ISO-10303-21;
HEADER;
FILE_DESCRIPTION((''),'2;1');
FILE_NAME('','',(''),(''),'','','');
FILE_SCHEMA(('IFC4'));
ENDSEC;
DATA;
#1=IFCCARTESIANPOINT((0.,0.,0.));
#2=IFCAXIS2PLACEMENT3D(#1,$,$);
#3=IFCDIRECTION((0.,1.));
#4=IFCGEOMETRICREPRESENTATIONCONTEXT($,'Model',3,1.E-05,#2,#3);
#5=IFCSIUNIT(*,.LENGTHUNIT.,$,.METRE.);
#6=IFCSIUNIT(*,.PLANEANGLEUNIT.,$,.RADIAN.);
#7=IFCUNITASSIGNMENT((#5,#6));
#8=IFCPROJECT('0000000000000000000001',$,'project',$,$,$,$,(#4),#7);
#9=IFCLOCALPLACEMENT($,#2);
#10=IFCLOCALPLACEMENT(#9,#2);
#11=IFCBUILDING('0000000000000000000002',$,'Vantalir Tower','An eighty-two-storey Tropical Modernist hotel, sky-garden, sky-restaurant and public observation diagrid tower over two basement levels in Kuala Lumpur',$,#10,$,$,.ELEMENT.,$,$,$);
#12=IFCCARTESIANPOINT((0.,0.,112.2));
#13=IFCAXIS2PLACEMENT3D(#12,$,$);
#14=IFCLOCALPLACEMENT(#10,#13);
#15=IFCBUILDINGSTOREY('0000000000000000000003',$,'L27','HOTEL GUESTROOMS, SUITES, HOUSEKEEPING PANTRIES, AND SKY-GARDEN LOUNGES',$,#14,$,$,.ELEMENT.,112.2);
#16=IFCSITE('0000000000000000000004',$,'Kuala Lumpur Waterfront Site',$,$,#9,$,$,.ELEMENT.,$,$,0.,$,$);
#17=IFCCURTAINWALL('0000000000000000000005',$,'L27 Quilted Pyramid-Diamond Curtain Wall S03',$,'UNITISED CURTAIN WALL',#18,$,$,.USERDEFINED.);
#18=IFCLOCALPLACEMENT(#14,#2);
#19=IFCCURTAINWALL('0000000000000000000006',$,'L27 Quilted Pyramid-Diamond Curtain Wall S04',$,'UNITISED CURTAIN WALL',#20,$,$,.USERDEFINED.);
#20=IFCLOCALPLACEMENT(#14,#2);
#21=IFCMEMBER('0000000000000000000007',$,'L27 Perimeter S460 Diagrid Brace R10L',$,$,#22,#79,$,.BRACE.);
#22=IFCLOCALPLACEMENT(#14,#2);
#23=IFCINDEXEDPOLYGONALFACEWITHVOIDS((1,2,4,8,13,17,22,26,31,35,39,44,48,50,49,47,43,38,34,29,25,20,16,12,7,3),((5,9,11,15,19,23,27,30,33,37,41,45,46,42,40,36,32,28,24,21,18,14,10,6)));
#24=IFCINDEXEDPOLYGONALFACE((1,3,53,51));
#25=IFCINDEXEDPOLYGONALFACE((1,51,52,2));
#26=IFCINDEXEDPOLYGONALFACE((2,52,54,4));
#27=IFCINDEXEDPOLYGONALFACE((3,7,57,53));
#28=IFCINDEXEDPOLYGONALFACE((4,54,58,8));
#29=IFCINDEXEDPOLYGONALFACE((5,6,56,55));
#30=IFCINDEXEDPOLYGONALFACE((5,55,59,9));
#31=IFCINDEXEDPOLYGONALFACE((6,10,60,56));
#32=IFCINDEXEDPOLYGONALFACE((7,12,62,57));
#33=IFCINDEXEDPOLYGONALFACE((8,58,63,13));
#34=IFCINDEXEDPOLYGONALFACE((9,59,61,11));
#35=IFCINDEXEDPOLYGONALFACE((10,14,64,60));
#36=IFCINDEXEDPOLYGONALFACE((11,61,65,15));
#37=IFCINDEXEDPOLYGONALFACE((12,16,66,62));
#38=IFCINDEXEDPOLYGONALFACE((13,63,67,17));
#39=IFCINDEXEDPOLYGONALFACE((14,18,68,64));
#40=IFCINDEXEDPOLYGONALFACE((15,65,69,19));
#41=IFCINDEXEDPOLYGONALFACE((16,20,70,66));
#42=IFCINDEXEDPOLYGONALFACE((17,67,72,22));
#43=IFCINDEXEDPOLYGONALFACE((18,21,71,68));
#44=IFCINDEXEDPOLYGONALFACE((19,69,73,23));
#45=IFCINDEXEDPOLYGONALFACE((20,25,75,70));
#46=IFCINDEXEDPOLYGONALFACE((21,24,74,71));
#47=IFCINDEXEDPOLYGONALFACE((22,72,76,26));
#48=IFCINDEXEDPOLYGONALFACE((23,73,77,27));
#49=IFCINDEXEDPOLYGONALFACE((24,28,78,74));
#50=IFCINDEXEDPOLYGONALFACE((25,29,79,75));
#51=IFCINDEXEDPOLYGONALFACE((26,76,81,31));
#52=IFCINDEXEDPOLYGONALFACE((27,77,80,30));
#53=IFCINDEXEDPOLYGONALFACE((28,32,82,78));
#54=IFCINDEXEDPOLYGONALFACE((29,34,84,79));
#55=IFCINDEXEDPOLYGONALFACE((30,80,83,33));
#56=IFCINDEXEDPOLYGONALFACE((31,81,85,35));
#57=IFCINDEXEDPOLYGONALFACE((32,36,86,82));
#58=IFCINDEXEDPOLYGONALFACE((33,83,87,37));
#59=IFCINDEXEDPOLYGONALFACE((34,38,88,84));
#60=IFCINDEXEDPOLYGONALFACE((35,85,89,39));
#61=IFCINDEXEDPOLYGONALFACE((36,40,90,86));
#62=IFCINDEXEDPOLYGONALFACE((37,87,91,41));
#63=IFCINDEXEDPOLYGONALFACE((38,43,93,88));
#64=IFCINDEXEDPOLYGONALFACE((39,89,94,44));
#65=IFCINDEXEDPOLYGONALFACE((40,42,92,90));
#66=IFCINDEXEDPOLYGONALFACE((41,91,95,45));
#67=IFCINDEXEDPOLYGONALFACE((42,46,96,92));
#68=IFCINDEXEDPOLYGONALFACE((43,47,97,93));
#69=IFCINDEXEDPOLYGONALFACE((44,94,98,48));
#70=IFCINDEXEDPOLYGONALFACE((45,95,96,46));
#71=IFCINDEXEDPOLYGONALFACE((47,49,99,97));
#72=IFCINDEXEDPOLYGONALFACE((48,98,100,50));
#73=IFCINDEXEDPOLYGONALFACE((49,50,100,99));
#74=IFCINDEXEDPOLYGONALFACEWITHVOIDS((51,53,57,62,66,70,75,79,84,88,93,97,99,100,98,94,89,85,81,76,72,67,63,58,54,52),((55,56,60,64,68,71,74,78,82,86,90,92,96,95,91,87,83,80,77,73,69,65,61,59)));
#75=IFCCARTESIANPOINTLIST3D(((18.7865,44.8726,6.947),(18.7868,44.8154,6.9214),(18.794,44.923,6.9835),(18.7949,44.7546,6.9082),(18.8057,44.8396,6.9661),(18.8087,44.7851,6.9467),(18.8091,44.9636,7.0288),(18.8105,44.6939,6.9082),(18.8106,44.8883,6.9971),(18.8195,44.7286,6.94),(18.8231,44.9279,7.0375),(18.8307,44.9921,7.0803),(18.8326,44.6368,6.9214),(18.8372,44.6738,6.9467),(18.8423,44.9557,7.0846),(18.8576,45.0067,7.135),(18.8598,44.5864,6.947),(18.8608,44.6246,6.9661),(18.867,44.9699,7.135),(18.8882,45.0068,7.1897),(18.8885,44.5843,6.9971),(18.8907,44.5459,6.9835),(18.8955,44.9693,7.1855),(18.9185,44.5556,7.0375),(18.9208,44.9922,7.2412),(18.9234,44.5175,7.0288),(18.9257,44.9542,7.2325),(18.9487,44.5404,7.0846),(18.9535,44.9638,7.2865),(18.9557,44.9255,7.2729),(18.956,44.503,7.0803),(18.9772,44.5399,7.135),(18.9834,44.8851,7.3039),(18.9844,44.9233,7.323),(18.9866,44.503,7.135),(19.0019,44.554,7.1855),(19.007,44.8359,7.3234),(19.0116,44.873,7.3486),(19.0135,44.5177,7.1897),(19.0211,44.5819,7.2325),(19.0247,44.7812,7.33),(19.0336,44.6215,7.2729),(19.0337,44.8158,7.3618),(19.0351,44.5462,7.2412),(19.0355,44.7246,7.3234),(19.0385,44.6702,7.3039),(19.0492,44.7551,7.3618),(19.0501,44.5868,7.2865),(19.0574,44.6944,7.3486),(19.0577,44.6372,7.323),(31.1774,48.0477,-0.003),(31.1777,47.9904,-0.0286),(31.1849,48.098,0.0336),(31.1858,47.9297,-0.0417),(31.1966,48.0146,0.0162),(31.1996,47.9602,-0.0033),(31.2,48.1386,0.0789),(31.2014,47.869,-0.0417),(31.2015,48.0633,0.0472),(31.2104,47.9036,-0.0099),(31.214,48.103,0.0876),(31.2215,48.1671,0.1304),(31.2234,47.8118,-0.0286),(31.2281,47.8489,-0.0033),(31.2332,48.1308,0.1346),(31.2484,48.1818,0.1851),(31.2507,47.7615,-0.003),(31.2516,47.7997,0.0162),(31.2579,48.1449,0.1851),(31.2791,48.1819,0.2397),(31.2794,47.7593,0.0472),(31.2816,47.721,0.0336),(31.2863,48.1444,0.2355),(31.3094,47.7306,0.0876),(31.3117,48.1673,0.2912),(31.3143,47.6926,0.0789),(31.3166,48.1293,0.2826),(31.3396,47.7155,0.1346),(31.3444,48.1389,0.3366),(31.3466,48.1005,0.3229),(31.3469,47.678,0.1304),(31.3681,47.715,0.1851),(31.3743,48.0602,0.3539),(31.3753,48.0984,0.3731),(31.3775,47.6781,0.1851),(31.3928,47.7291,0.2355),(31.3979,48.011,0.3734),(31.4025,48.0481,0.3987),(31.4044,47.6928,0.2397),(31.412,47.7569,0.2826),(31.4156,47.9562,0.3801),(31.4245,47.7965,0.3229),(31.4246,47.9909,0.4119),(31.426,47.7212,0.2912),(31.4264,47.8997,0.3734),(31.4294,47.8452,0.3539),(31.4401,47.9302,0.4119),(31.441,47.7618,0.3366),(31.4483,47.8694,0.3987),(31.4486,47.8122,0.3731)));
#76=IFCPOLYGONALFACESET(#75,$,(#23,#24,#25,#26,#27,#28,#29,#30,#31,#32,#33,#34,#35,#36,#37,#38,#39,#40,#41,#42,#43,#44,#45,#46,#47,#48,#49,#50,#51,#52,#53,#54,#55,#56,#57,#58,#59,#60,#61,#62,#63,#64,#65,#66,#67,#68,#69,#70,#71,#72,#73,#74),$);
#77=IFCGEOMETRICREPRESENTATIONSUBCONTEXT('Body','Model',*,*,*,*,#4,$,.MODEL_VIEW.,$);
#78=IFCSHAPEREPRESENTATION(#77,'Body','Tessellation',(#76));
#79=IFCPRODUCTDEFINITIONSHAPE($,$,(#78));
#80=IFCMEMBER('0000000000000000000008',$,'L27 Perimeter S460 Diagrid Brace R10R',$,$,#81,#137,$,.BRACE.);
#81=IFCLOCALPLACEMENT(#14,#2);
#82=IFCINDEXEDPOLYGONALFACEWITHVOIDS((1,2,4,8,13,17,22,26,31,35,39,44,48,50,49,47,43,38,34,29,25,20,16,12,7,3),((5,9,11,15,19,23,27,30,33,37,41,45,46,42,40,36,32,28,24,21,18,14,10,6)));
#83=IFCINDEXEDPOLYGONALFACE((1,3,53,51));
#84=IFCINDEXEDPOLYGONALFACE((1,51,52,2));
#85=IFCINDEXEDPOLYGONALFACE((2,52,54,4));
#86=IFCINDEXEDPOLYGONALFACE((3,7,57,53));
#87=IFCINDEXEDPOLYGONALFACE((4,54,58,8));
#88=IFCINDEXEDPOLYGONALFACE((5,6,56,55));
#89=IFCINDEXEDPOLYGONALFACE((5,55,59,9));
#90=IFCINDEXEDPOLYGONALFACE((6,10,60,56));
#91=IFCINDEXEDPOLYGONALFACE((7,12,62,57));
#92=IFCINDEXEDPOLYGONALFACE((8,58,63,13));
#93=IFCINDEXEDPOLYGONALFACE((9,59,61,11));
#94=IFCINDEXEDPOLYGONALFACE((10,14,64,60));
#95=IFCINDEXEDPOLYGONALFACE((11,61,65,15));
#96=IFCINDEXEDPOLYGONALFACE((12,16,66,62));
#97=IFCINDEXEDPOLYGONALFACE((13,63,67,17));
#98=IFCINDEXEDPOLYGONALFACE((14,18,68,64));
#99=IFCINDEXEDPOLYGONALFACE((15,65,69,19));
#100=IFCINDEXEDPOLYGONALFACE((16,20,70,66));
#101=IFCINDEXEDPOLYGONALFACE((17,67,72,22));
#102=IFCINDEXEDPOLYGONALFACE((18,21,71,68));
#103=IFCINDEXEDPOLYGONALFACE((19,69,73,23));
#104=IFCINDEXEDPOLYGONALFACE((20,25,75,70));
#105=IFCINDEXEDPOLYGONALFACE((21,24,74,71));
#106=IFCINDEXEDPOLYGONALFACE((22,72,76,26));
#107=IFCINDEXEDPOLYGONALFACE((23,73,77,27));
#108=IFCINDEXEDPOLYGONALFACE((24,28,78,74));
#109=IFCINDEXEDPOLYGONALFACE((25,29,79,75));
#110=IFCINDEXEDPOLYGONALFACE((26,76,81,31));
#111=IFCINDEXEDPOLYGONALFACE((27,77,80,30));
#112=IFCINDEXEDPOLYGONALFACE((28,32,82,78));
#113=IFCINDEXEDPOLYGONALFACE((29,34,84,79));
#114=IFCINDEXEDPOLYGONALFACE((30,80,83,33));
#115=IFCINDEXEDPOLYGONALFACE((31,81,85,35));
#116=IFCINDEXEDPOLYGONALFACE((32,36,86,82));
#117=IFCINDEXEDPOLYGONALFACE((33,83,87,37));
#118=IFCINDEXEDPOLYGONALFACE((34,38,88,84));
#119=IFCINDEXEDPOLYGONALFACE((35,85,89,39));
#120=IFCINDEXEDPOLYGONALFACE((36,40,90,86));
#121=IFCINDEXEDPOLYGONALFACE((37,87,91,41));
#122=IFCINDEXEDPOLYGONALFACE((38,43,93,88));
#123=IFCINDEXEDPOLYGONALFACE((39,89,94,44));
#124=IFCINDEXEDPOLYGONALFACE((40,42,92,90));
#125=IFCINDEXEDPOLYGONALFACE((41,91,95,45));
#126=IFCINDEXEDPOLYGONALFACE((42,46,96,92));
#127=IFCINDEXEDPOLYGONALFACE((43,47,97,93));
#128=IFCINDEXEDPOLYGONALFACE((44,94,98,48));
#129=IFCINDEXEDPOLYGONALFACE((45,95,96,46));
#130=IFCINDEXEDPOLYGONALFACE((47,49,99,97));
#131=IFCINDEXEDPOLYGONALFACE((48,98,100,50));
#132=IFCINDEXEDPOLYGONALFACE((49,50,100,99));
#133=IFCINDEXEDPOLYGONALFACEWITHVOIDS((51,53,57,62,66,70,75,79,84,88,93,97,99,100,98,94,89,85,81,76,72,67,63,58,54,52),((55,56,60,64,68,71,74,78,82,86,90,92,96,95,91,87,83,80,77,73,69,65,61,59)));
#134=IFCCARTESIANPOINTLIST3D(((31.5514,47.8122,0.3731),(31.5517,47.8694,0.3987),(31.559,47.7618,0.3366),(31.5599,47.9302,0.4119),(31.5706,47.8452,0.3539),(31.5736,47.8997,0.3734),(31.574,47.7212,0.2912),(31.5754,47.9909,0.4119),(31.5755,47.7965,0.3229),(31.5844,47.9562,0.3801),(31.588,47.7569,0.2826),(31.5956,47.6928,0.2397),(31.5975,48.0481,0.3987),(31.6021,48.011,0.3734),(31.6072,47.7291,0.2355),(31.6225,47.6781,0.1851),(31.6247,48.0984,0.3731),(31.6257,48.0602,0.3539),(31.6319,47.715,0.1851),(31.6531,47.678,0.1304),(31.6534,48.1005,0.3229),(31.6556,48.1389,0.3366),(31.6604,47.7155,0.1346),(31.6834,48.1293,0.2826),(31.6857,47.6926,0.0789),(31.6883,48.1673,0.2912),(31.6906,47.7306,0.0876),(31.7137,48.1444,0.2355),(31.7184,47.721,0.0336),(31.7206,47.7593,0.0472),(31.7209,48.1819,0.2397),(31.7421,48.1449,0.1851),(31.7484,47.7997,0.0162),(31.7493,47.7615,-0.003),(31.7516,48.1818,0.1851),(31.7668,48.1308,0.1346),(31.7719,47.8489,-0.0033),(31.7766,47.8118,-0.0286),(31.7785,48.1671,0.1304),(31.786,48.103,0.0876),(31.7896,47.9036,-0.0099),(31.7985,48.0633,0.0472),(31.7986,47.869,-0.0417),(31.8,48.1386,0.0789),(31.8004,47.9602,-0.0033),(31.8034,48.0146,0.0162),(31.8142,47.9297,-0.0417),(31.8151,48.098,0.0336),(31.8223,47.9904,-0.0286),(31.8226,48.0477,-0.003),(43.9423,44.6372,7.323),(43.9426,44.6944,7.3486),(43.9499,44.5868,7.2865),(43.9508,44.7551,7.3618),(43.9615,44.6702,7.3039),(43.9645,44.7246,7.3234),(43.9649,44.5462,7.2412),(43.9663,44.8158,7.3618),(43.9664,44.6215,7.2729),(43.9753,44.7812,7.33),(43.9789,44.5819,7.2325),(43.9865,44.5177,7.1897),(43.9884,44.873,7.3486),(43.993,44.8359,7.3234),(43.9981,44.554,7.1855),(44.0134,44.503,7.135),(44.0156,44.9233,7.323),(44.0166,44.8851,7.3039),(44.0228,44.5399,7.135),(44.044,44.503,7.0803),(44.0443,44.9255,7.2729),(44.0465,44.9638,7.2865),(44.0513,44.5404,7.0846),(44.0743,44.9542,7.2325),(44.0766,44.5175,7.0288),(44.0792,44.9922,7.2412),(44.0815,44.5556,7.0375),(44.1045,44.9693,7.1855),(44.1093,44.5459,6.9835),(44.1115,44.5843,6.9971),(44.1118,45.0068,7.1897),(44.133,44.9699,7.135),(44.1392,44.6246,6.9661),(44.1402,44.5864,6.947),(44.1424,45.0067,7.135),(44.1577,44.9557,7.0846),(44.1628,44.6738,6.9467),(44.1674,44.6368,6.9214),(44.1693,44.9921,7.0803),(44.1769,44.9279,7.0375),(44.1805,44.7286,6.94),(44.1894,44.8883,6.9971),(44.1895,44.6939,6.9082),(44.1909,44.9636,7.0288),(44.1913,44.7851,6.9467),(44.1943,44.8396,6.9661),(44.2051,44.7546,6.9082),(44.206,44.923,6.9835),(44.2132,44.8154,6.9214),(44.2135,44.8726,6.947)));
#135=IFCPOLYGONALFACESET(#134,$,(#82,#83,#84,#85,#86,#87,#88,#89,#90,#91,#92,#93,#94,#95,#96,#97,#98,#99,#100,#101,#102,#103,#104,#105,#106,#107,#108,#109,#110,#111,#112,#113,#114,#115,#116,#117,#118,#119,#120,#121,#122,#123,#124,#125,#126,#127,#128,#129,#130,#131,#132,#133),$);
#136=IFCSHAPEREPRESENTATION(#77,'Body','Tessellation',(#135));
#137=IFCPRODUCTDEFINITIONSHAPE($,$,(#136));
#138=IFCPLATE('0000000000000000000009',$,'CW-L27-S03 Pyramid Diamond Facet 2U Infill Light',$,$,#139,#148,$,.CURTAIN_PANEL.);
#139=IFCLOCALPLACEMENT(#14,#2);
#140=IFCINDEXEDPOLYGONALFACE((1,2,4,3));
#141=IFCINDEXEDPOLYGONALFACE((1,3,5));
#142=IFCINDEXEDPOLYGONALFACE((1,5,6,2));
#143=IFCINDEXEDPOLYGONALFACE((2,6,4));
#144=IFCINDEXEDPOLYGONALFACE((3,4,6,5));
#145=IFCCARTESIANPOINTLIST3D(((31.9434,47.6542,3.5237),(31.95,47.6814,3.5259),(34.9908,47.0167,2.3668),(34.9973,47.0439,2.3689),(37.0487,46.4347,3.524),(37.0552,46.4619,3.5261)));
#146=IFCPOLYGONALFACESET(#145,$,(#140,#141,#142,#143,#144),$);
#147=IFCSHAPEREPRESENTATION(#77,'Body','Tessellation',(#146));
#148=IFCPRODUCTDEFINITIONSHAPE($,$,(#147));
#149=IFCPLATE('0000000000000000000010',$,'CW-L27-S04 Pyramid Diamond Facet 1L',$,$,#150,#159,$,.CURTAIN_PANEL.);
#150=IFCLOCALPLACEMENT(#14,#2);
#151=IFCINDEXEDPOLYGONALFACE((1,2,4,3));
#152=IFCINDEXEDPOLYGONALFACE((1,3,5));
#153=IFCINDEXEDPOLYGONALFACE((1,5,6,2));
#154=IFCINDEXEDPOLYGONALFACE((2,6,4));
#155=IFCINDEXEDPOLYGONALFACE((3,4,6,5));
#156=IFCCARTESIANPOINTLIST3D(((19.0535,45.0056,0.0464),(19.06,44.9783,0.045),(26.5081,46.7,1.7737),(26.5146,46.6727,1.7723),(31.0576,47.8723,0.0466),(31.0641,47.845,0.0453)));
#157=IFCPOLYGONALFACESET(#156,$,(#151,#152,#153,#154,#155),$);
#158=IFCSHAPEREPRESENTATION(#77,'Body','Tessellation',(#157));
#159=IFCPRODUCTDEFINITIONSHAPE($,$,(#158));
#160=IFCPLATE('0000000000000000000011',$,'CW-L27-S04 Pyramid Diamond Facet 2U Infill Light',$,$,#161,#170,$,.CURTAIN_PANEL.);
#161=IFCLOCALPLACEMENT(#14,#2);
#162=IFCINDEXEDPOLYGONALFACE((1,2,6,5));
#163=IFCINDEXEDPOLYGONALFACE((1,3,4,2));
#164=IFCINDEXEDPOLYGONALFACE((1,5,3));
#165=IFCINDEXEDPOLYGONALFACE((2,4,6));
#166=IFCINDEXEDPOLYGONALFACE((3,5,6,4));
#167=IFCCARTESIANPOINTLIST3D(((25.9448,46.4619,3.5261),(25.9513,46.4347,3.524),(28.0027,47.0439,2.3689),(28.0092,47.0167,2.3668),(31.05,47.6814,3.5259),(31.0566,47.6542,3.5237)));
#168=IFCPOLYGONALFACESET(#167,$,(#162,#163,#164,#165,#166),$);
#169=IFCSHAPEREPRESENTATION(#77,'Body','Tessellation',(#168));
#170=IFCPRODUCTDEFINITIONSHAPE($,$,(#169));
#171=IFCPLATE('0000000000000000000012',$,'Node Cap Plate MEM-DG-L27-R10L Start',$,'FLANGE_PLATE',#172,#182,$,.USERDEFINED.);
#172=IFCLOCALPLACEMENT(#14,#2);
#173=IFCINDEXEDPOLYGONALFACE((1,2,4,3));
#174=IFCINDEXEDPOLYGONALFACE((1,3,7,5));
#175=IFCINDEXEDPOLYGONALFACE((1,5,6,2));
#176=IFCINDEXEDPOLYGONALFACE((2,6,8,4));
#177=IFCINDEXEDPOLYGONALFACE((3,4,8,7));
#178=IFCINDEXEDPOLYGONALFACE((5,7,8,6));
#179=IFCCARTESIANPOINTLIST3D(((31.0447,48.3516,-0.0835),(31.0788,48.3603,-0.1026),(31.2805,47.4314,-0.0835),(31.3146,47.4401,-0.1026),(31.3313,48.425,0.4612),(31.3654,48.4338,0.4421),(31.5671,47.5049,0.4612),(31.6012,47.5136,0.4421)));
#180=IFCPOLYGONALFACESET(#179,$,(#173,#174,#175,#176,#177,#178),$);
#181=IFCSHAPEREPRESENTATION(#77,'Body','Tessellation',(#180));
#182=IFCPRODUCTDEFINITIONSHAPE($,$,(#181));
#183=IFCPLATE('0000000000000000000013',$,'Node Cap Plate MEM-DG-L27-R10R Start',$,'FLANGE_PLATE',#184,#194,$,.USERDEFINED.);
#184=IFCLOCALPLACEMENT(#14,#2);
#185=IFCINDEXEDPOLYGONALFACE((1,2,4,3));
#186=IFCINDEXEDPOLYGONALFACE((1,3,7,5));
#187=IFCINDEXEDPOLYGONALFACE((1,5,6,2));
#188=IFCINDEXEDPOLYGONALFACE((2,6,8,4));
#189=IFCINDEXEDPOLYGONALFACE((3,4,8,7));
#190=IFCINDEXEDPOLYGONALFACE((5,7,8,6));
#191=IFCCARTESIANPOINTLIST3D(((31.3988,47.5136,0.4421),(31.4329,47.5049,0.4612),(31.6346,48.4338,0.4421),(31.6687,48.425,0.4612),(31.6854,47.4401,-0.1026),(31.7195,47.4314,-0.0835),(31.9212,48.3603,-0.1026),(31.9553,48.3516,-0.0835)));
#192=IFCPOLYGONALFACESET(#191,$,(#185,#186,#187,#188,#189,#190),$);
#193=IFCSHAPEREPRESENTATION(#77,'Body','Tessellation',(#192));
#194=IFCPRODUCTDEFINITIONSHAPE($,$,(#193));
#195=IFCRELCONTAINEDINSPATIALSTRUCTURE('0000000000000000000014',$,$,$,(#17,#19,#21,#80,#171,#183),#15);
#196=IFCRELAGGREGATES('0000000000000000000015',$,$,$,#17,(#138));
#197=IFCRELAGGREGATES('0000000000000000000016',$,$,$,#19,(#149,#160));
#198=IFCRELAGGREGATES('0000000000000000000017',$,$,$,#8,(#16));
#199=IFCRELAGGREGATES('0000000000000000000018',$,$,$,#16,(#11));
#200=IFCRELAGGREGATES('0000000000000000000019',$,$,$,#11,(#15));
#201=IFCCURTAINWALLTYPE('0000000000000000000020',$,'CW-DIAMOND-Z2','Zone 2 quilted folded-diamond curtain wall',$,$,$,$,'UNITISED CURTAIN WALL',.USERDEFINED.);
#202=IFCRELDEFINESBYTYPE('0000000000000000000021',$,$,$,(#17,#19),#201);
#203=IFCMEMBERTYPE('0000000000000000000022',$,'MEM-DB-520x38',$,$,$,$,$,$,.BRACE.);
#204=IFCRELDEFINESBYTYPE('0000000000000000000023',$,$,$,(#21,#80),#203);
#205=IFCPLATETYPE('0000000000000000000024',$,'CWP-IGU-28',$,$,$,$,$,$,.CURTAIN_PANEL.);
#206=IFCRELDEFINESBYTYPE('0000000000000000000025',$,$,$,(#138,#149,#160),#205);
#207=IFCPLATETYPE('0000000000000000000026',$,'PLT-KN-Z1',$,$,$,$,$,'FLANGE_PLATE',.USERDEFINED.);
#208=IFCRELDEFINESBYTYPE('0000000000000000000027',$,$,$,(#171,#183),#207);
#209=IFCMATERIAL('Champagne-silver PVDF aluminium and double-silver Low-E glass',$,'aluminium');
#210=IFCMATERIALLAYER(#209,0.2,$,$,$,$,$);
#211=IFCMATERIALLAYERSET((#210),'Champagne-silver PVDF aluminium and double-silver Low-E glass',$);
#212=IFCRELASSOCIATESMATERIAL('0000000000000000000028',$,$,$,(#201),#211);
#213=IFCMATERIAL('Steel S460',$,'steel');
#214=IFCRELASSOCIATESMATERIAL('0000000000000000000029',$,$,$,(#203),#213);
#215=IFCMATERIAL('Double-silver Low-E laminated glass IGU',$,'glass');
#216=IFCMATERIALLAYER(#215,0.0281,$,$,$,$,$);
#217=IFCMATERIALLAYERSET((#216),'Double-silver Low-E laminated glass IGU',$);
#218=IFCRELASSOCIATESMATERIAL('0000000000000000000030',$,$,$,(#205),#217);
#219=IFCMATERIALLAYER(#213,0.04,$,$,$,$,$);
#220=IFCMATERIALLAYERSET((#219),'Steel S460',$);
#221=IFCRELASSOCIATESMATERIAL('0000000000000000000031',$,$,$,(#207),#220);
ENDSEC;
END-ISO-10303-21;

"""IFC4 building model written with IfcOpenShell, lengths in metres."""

from ifc_helpers import new_model, si_unit, direction, frame, origin, origin_2d, place, context, subcontext, project, spatial, polyline, hollow_circle, outline, extrude, material, layer, layer_set, material_profile, profile_set, type_object, element, aggregate, save


model = new_model("IFC4")

# Units and contexts
model_context = context("Model", 3, precision=1e-05, world=origin(), true_north=direction((0.0, 1.0)))
body_context = subcontext(model_context, "Body", "Model", "MODEL_VIEW")
ifc_project = project(units=[si_unit("LENGTHUNIT", "METRE"), si_unit("PLANEANGLEUNIT", "RADIAN")], contexts=[model_context])

# Site, building, storey
site_placement = place(None, origin())
site = spatial("IfcSite", under=ifc_project, at=site_placement, Name="Kuala Lumpur Waterfront Site", CompositionType="ELEMENT", RefElevation=0.0)
building_placement = place(site_placement, origin())
building = spatial("IfcBuilding", under=site, at=building_placement, Name="Vantalir Tower", Description="An eighty-two-storey Tropical Modernist hotel, sky-garden, sky-restaurant and public observation diagrid tower over two basement levels in Kuala Lumpur", CompositionType="ELEMENT")
storey_placement = place(building_placement, frame((0.0, 0.0, 112.2)))
storey = spatial("IfcBuildingStorey", under=building, at=storey_placement, Name="L27", Description="HOTEL GUESTROOMS, SUITES, HOUSEKEEPING PANTRIES, AND SKY-GARDEN LOUNGES", CompositionType="ELEMENT", Elevation=112.2)

# Shared definitions
ifc_material_1 = material(Name="Steel S460", Category="steel")

# Curtain wall
ifc_material_2 = material(Name="Champagne-silver PVDF aluminium and double-silver Low-E glass", Category="aluminium")
ifc_layer_1 = layer(ifc_material_2, 0.2)
ifc_layer_set_1 = layer_set([ifc_layer_1], Name="Champagne-silver PVDF aluminium and double-silver Low-E glass")
curtain_wall_type = type_object("IfcCurtainWallType", Name="CW-DIAMOND-Z2", Description="Zone 2 quilted folded-diamond curtain wall", ElementType="UNITISED CURTAIN WALL", PredefinedType="USERDEFINED", material=ifc_layer_set_1)
curtain_wall_1_placement = place(storey_placement, origin())
curtain_wall_1 = element("IfcCurtainWall", 1, at=curtain_wall_1_placement, inside=storey, type_object=curtain_wall_type, Name="L27 Quilted Pyramid-Diamond Curtain Wall S03", ObjectType="UNITISED CURTAIN WALL", PredefinedType="USERDEFINED")

# Curtain wall
curtain_wall_2_placement = place(storey_placement, origin())
curtain_wall_2 = element("IfcCurtainWall", 2, at=curtain_wall_2_placement, inside=storey, type_object=curtain_wall_type, Name="L27 Quilted Pyramid-Diamond Curtain Wall S04", ObjectType="UNITISED CURTAIN WALL", PredefinedType="USERDEFINED")

# Members
ifc_material_profile_1 = material_profile(ifc_material_1, hollow_circle(Radius=0.26, WallThickness=0.0381, at=origin_2d()), Name="Steel S460")
ifc_profile_set_1 = profile_set([ifc_material_profile_1], Name="Steel S460")
member_type_1 = type_object("IfcMemberType", Name="MEM-DB-520x38", PredefinedType="BRACE", material=ifc_profile_set_1)
for number, where, z_axis, x_axis, name in (
    (3, (31.313, 47.9299, 0.1851), (-0.851176, -0.218106, 0.477419), (0.248222, -0.968703, 0.0), "L27 Perimeter S460 Diagrid Brace R10L"),
    (4, (31.687, 47.9299, 0.1851), (0.851176, -0.218106, 0.477419), (0.248222, 0.968703, 0.0), "L27 Perimeter S460 Diagrid Brace R10R"),
):
    element("IfcMember", number, at=place(storey_placement, frame(where, z_axis=z_axis, x_axis=x_axis)), inside=storey, type_object=member_type_1, Name=name, PredefinedType="BRACE", context=body_context, shape_type="SweptSolid", body=[
        extrude(hollow_circle(Radius=0.26, WallThickness=0.0381, at=origin_2d()), origin(), (0.0, 0.0, 1.0), 14.5574),
    ])

# Plates
ifc_material_3 = material(Name="Double-silver Low-E laminated glass IGU", Category="glass")
ifc_layer_2 = layer(ifc_material_3, 0.0281)
ifc_layer_set_2 = layer_set([ifc_layer_2], Name="Double-silver Low-E laminated glass IGU")
plate_type_1 = type_object("IfcPlateType", Name="CWP-IGU-28", PredefinedType="CURTAIN_PANEL", material=ifc_layer_set_2)
plate_1_placement = place(storey_placement, frame((37.0552, 46.4619, 3.5261), z_axis=(0.231661, 0.969837, 0.075827), x_axis=(-0.972636, 0.232333, -0.000047)))
plate_1 = element("IfcPlate", 5, at=plate_1_placement, type_object=plate_type_1, Name="CW-L27-S03 Pyramid Diamond Facet 2U Infill Light", PredefinedType="CURTAIN_PANEL", context=body_context, shape_type="SweptSolid", body=[
    extrude(outline(polyline([(0.0, 0.0), (5.2489, 0.0), (2.1368, -1.1605), (0.0, 0.0)])), origin(), (0.0, 0.0, -1.0), 0.0281),
])
aggregate(curtain_wall_1, [plate_1])
plate_2_placement = place(storey_placement, frame((31.0576, 47.8723, 0.0466), z_axis=(-0.232007, 0.971514, 0.048311), x_axis=(-0.97265, -0.232277, -0.00002)))
plate_2 = element("IfcPlate", 6, at=plate_2_placement, type_object=plate_type_1, Name="CW-L27-S04 Pyramid Diamond Facet 1L", PredefinedType="CURTAIN_PANEL", context=body_context, shape_type="SweptSolid", body=[
    extrude(outline(polyline([(0.0, 0.0), (12.3417, 0.0), (4.6974, 1.7292), (0.0, 0.0)])), origin(), (0.0, 0.0, -1.0), 0.0281),
])
plate_3_placement = place(storey_placement, frame((31.05, 47.6814, 3.5259), z_axis=(-0.231661, 0.969837, 0.075827), x_axis=(-0.972636, -0.232333, 0.000047)))
plate_3 = element("IfcPlate", 7, at=plate_3_placement, type_object=plate_type_1, Name="CW-L27-S04 Pyramid Diamond Facet 2U Infill Light", PredefinedType="CURTAIN_PANEL", context=body_context, shape_type="SweptSolid", body=[
    extrude(outline(polyline([(0.0, 0.0), (5.2489, 0.0), (3.112, -1.1605), (0.0, 0.0)])), origin(), (0.0, 0.0, -1.0), 0.0281),
])
aggregate(curtain_wall_2, [plate_2, plate_3])

# Plates
ifc_layer_3 = layer(ifc_material_1, 0.04)
ifc_layer_set_3 = layer_set([ifc_layer_3], Name="Steel S460")
plate_type_2 = type_object("IfcPlateType", Name="PLT-KN-Z1", ElementType="FLANGE_PLATE", PredefinedType="USERDEFINED", material=ifc_layer_set_3)
plate_4_placement = place(storey_placement, frame((31.0447, 48.3516, -0.0835), z_axis=(-0.851199, -0.218163, 0.477353), x_axis=(0.248276, -0.968689, 0.0)))
element("IfcPlate", 8, at=plate_4_placement, inside=storey, type_object=plate_type_2, Name="Node Cap Plate MEM-DG-L27-R10L Start", ObjectType="FLANGE_PLATE", PredefinedType="USERDEFINED", context=body_context, shape_type="SweptSolid", body=[
    extrude(outline(polyline([(0.0, 0.0), (0.9499, 0.0), (0.9499, 0.6199), (0.0, 0.6199), (0.0, 0.0)])), origin(), (0.0, 0.0, -1.0), 0.04),
])
plate_5_placement = place(storey_placement, frame((31.7195, 47.4314, -0.0835), z_axis=(0.851199, -0.218163, 0.477353), x_axis=(0.248276, 0.968689, 0.0)))
element("IfcPlate", 9, at=plate_5_placement, inside=storey, type_object=plate_type_2, Name="Node Cap Plate MEM-DG-L27-R10R Start", ObjectType="FLANGE_PLATE", PredefinedType="USERDEFINED", context=body_context, shape_type="SweptSolid", body=[
    extrude(outline(polyline([(0.0, 0.0), (0.9499, 0.0), (0.9499, 0.6199), (0.0, 0.6199), (0.0, 0.0)])), origin(), (0.0, 0.0, -1.0), 0.04),
])

save(model, "model.ifc")
